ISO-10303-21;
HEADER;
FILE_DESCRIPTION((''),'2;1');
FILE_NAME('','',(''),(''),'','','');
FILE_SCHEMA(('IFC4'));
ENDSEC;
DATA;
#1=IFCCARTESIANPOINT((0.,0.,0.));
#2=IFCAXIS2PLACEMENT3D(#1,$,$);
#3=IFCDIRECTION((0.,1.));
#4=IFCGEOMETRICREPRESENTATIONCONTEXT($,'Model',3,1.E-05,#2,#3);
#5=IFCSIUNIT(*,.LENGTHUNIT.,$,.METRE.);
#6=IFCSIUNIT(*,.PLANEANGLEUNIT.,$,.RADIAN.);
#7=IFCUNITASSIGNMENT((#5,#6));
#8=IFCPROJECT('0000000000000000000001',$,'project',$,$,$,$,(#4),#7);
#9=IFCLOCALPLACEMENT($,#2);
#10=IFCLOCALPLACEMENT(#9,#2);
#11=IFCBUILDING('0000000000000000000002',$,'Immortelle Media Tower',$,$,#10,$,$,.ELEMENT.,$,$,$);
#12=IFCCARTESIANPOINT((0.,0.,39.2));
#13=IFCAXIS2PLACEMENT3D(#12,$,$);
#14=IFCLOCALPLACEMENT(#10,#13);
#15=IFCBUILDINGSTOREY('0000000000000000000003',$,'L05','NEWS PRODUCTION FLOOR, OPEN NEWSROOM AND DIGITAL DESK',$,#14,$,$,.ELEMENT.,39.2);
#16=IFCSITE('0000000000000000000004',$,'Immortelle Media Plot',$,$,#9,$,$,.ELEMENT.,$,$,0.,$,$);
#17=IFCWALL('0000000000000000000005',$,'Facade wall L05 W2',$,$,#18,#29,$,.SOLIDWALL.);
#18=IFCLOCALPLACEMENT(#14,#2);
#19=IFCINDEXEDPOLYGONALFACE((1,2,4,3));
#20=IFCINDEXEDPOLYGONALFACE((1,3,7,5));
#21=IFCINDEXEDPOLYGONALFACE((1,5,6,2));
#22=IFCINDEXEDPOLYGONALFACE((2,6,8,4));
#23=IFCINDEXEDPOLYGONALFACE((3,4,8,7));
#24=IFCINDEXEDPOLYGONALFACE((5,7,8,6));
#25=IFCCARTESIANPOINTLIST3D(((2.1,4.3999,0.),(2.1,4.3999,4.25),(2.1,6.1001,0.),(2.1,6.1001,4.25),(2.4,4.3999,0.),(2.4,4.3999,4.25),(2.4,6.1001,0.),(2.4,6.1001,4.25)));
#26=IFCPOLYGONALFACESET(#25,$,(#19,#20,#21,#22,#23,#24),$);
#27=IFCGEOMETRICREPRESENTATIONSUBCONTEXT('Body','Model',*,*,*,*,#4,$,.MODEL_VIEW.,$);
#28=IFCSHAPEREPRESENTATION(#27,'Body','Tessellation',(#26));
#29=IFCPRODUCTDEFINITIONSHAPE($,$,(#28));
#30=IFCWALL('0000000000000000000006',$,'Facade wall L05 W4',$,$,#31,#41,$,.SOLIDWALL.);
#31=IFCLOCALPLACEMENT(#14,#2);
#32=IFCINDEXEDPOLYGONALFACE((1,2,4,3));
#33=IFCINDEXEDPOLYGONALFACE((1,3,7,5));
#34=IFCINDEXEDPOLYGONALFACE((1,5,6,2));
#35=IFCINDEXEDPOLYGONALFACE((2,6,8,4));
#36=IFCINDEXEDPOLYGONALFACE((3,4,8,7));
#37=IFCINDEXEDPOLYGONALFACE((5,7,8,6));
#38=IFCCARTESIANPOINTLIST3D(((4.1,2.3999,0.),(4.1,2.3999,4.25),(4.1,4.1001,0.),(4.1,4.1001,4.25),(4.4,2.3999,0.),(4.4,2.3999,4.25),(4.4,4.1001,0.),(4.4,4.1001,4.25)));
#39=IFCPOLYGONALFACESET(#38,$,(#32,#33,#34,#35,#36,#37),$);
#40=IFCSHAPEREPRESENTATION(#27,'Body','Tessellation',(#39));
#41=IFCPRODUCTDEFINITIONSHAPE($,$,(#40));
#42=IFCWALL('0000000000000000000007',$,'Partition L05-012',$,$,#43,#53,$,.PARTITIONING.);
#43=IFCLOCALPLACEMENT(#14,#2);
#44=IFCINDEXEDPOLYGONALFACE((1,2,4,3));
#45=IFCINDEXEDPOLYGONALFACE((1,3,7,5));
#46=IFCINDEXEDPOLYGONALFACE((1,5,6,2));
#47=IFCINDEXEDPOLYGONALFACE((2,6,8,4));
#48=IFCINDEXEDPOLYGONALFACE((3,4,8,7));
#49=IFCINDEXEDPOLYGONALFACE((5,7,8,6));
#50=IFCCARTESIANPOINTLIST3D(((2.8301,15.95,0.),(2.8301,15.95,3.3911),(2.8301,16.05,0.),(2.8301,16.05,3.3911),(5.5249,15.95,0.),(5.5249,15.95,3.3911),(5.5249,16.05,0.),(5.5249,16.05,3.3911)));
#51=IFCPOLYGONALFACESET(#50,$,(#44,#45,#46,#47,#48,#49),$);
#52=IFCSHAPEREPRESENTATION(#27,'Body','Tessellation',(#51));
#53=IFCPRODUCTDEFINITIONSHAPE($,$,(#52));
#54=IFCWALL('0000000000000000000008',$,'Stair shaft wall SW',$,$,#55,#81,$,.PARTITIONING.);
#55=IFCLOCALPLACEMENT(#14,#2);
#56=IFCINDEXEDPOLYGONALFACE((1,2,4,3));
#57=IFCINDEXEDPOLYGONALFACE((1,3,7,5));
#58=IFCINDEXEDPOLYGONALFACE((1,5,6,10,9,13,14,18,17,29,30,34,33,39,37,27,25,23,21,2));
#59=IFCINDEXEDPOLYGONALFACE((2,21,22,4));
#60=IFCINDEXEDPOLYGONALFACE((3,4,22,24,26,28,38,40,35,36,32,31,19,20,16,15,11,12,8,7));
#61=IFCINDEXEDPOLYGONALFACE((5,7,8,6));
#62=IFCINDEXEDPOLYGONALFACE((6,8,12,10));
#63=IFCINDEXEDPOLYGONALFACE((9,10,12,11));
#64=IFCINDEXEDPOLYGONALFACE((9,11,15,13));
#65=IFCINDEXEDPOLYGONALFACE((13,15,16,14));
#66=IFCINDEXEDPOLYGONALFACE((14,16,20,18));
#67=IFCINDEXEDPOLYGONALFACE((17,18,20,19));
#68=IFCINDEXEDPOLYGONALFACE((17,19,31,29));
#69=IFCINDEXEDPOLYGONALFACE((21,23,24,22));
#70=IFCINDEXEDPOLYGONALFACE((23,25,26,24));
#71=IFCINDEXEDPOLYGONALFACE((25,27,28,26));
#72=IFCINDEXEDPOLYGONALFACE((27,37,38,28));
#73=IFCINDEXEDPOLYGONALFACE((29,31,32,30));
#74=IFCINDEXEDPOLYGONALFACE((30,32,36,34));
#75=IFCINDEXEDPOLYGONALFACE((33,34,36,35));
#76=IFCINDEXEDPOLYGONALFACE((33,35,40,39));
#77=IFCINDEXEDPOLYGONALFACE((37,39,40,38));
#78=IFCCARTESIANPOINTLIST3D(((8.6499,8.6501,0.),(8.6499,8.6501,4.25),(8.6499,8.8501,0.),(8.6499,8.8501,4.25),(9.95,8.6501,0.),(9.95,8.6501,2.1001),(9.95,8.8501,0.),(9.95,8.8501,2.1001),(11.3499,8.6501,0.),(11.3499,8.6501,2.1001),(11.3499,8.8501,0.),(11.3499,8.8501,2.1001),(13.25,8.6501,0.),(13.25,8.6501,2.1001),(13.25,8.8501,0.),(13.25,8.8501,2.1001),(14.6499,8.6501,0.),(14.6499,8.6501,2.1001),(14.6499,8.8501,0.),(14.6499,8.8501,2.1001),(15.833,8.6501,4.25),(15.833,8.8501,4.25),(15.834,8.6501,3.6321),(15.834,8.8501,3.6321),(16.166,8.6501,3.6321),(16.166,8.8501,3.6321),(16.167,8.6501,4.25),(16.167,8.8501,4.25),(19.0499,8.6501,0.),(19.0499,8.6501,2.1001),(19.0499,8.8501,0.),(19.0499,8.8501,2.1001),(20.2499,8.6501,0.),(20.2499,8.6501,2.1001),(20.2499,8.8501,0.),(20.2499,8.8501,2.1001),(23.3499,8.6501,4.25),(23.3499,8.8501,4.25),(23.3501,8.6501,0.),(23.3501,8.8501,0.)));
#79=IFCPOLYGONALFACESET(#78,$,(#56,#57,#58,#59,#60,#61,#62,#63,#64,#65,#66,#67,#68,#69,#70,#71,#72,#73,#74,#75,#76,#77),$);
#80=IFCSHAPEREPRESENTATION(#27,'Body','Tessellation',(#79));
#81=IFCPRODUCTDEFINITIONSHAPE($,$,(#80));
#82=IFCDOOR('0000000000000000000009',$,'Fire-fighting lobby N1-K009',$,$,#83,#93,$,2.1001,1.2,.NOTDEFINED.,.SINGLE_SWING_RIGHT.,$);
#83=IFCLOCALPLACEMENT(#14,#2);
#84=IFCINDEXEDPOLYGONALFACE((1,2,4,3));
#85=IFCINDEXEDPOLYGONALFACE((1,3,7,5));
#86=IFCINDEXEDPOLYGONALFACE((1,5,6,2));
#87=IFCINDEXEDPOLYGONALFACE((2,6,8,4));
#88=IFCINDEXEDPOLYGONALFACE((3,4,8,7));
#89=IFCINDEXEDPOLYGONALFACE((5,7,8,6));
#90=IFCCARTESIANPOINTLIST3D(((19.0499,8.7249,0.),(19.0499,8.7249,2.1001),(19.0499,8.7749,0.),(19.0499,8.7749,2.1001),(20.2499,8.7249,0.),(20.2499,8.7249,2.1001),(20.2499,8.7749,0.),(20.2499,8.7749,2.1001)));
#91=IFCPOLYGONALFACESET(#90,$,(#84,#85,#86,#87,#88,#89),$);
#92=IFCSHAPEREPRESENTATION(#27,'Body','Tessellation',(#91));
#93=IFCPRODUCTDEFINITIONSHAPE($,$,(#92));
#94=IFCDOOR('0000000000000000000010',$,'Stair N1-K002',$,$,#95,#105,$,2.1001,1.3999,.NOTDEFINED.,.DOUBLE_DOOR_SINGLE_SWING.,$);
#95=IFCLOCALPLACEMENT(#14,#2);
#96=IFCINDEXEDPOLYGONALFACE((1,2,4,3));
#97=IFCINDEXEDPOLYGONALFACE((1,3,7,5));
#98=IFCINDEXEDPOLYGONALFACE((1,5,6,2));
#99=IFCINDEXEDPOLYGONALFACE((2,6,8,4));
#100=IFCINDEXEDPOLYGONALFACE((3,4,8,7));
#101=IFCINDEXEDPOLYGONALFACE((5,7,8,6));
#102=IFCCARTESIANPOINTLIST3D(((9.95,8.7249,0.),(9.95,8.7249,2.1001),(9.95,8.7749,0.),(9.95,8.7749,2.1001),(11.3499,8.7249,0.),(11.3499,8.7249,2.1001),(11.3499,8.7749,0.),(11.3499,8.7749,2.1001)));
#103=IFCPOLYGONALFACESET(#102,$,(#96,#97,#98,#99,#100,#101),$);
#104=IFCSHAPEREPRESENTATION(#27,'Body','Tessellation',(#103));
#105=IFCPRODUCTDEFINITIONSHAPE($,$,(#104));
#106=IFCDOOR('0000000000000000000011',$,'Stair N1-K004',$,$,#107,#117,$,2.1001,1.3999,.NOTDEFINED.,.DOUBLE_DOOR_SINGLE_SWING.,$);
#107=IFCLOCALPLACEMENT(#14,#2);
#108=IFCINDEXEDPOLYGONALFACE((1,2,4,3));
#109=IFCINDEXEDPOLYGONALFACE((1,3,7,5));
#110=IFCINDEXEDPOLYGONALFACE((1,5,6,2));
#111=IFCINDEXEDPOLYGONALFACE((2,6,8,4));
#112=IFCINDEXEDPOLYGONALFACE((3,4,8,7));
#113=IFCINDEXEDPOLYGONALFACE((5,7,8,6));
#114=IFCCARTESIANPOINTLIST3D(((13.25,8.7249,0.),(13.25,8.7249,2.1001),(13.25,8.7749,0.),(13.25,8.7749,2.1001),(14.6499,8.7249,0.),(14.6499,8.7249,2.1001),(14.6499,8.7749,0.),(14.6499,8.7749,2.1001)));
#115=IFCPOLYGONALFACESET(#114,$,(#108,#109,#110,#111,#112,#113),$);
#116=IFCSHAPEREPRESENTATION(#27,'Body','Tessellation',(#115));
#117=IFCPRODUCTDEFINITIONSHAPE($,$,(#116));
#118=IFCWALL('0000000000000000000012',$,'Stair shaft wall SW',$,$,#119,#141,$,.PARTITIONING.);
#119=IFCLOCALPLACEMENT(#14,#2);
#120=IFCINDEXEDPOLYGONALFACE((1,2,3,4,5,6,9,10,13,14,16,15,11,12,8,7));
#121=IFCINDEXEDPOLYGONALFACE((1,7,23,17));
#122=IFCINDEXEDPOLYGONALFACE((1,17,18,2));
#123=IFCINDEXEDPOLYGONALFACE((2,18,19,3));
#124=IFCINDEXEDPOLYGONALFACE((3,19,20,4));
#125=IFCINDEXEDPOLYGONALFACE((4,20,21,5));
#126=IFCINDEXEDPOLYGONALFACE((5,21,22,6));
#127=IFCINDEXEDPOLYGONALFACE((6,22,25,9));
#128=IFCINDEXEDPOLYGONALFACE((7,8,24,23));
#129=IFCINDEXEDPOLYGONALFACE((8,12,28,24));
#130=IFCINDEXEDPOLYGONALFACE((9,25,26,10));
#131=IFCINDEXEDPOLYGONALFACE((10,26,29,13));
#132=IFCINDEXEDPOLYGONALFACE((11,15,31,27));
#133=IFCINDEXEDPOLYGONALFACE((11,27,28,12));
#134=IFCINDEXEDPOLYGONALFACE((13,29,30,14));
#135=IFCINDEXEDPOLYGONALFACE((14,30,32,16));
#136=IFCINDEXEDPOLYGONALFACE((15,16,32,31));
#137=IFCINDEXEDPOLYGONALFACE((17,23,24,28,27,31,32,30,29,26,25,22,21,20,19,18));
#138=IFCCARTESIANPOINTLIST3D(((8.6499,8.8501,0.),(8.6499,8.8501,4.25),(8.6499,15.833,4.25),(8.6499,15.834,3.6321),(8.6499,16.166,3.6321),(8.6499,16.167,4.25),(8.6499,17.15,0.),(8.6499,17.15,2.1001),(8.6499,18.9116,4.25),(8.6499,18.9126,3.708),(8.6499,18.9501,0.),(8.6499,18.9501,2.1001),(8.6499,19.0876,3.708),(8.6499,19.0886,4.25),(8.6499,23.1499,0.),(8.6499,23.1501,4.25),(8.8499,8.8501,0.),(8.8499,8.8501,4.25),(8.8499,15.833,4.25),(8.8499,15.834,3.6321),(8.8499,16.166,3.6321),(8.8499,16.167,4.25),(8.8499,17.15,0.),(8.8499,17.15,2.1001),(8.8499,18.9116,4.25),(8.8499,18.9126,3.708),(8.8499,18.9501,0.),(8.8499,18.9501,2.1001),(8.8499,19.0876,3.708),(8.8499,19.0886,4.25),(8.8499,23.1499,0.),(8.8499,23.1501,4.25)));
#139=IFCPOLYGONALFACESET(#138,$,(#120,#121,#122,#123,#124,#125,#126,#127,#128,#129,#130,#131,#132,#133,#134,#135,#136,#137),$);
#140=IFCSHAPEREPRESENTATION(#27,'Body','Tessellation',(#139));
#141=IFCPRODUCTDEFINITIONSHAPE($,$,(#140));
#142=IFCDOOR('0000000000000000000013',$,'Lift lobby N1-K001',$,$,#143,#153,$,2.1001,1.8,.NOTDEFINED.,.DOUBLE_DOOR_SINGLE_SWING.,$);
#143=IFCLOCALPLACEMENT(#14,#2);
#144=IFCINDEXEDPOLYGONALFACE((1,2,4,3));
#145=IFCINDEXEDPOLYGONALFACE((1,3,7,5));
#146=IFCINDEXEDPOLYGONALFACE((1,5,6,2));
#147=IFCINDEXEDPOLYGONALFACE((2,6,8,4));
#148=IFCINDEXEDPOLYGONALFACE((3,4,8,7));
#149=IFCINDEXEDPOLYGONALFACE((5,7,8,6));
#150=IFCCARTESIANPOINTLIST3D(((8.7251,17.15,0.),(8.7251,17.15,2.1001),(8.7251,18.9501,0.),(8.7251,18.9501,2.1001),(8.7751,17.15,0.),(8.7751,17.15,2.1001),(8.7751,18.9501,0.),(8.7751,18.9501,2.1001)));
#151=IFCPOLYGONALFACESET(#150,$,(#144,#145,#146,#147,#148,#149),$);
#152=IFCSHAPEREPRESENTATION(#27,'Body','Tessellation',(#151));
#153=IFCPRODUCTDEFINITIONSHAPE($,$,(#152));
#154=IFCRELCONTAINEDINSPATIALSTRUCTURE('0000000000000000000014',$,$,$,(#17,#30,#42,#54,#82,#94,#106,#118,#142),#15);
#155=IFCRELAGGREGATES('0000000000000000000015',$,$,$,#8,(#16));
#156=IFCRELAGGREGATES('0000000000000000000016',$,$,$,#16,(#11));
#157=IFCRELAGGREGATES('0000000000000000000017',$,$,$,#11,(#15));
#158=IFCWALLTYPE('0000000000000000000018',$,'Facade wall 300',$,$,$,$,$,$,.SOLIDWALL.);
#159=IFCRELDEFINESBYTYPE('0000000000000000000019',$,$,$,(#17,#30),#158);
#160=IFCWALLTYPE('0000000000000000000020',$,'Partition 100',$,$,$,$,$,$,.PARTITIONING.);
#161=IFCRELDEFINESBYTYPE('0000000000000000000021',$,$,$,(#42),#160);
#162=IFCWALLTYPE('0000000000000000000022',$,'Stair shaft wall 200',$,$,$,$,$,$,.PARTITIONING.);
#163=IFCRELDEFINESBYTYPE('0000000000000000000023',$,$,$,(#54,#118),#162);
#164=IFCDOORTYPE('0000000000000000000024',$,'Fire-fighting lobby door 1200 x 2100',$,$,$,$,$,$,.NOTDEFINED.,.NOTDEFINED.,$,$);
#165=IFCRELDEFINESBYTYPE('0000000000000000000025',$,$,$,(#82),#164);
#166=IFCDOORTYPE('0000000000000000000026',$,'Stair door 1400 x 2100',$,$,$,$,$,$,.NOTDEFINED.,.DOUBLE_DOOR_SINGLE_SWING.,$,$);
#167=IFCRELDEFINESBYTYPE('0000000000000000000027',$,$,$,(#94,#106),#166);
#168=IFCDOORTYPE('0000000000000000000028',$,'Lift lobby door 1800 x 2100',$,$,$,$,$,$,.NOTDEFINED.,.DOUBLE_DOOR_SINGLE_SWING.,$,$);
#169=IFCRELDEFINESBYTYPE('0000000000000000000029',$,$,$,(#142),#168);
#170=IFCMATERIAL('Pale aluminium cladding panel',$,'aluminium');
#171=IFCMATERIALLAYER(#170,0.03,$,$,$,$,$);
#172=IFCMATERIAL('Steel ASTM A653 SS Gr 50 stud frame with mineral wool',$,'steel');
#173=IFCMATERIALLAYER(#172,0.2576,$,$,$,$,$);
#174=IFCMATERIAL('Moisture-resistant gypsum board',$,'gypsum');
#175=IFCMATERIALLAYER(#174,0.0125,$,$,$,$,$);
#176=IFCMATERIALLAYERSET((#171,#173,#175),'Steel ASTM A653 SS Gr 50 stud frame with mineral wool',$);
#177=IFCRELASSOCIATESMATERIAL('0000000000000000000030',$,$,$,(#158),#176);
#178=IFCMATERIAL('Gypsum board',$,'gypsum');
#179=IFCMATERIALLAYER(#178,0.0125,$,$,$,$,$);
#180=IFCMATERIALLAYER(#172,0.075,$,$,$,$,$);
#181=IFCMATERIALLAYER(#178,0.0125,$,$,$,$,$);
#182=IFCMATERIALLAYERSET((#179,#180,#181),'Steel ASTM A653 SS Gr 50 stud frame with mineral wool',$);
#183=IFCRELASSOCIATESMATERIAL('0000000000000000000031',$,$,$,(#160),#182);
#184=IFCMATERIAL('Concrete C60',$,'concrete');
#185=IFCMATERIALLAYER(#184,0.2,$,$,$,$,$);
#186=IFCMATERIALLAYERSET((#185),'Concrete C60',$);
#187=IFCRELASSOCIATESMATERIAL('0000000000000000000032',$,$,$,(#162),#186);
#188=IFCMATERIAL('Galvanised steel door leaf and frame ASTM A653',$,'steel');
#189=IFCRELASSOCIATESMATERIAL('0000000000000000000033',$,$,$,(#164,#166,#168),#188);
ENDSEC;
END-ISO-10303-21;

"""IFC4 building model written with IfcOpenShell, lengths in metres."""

from ifc_helpers import new_model, si_unit, direction, frame, frame_2d, origin, place, context, subcontext, project, spatial, polyline, rectangle, outline, extrude, material, layer, layer_set, type_object, element, fill, save


model = new_model("IFC4")

# Units and contexts
model_context = context("Model", 3, precision=1e-05, world=origin(), true_north=direction((0.0, 1.0)))
body_context = subcontext(model_context, "Body", "Model", "MODEL_VIEW")
ifc_project = project(units=[si_unit("LENGTHUNIT", "METRE"), si_unit("PLANEANGLEUNIT", "RADIAN")], contexts=[model_context])

# Site, building, storey
site_placement = place(None, origin())
site = spatial("IfcSite", under=ifc_project, at=site_placement, Name="Immortelle Media Plot", CompositionType="ELEMENT", RefElevation=0.0)
building_placement = place(site_placement, origin())
building = spatial("IfcBuilding", under=site, at=building_placement, Name="Immortelle Media Tower", CompositionType="ELEMENT")
storey_placement = place(building_placement, frame((0.0, 0.0, 39.2)))
storey = spatial("IfcBuildingStorey", under=building, at=storey_placement, Name="L05", Description="NEWS PRODUCTION FLOOR, OPEN NEWSROOM AND DIGITAL DESK", CompositionType="ELEMENT", Elevation=39.2)

# Shared definitions
ifc_material_1 = material(Name="Steel ASTM A653 SS Gr 50 stud frame with mineral wool", Category="steel")

# Walls
ifc_material_2 = material(Name="Pale aluminium cladding panel", Category="aluminium")
ifc_layer_1 = layer(ifc_material_2, 0.03)
ifc_layer_2 = layer(ifc_material_1, 0.2576)
ifc_material_3 = material(Name="Moisture-resistant gypsum board", Category="gypsum")
ifc_layer_3 = layer(ifc_material_3, 0.0125)
ifc_layer_set_1 = layer_set([ifc_layer_1, ifc_layer_2, ifc_layer_3], Name="Steel ASTM A653 SS Gr 50 stud frame with mineral wool")
wall_type_1 = type_object("IfcWallType", Name="Facade wall 300", PredefinedType="SOLIDWALL", material=ifc_layer_set_1)
for number, where, z_axis, x_axis, name in (
    (1, (2.25, 6.1001, 0.0), (0.0, 0.0, 1.0), (0.0, -1.0, 0.0), "Facade wall L05 W2"),
    (2, (4.25, 4.1001, 0.0), (0.0, 0.0, 1.0), (0.0, -1.0, 0.0), "Facade wall L05 W4"),
):
    element("IfcWall", number, at=place(storey_placement, frame(where, z_axis=z_axis, x_axis=x_axis)), inside=storey, type_object=wall_type_1, Name=name, PredefinedType="SOLIDWALL", context=body_context, shape_type="SweptSolid", body=[
        extrude(rectangle(XDim=1.7002, YDim=0.3, at=frame_2d((0.8501, 0.0))), origin(), (0.0, 0.0, 1.0), 4.25),
    ])
ifc_material_4 = material(Name="Gypsum board", Category="gypsum")
ifc_layer_4 = layer(ifc_material_4, 0.0125)
ifc_layer_5 = layer(ifc_material_1, 0.075)
ifc_layer_6 = layer(ifc_material_4, 0.0125)
ifc_layer_set_2 = layer_set([ifc_layer_4, ifc_layer_5, ifc_layer_6], Name="Steel ASTM A653 SS Gr 50 stud frame with mineral wool")
wall_type_2 = type_object("IfcWallType", Name="Partition 100", PredefinedType="PARTITIONING", material=ifc_layer_set_2)
wall_1_placement = place(storey_placement, frame((2.8301, 16.0, 0.0), z_axis=(0.0, 0.0, 1.0), x_axis=(1.0, 0.0, 0.0)))
element("IfcWall", 3, at=wall_1_placement, inside=storey, type_object=wall_type_2, Name="Partition L05-012", PredefinedType="PARTITIONING", context=body_context, shape_type="SweptSolid", body=[
    extrude(rectangle(XDim=2.6948, YDim=0.1001, at=frame_2d((1.3474, 0.0))), origin(), (0.0, 0.0, 1.0), 3.3911),
])

# Wall, openings, doors
ifc_material_5 = material(Name="Concrete C60", Category="concrete")
ifc_layer_7 = layer(ifc_material_5, 0.2)
ifc_layer_set_3 = layer_set([ifc_layer_7], Name="Concrete C60")
wall_type_3 = type_object("IfcWallType", Name="Stair shaft wall 200", PredefinedType="PARTITIONING", material=ifc_layer_set_3)
wall_2_placement = place(storey_placement, frame((8.6499, 8.75, 0.0), z_axis=(0.0, 0.0, 1.0), x_axis=(1.0, 0.0, 0.0)))
wall_2 = element("IfcWall", 4, at=wall_2_placement, inside=storey, type_object=wall_type_3, Name="Stair shaft wall SW", PredefinedType="PARTITIONING", context=body_context, shape_type="SweptSolid", body=[
    extrude(outline(polyline([(0.0, 0.0), (14.7002, 0.0), (14.7, 4.25), (7.5171, 4.25), (7.5161, 3.6321), (7.1841, 3.6321), (7.1831, 4.25), (0.0, 4.25), (0.0, 0.0)])), frame((0.0, 0.1001, 0.0), z_axis=(0.0, -1.0, 0.0), x_axis=(1.0, 0.0, 0.0)), (0.0, 0.0, 1.0), 0.2),
])
opening_1_placement = place(wall_2_placement, frame((1.3, 0.0, 0.0)))
opening_1 = element("IfcOpeningElement", 5, at=opening_1_placement, cuts=wall_2, PredefinedType="OPENING", context=body_context, shape_type="SweptSolid", body=[
    extrude(rectangle(XDim=1.3999, YDim=2.1001, at=frame_2d((0.7, 1.05))), frame((0.0, 0.1099, 0.0), z_axis=(0.0, -1.0, 0.0), x_axis=(1.0, 0.0, 0.0)), (0.0, 0.0, 1.0), 0.22),
])
opening_2_placement = place(wall_2_placement, frame((4.6001, 0.0, 0.0)))
opening_2 = element("IfcOpeningElement", 6, at=opening_2_placement, cuts=wall_2, PredefinedType="OPENING", context=body_context, shape_type="SweptSolid", body=[
    extrude(rectangle(XDim=1.3999, YDim=2.1001, at=frame_2d((0.7, 1.05))), frame((0.0, 0.1099, 0.0), z_axis=(0.0, -1.0, 0.0), x_axis=(1.0, 0.0, 0.0)), (0.0, 0.0, 1.0), 0.22),
])
opening_3_placement = place(wall_2_placement, frame((10.3999, 0.0, 0.0)))
opening_3 = element("IfcOpeningElement", 7, at=opening_3_placement, cuts=wall_2, PredefinedType="OPENING", context=body_context, shape_type="SweptSolid", body=[
    extrude(rectangle(XDim=1.2, YDim=2.1001, at=frame_2d((0.6001, 1.05))), frame((0.0, 0.1099, 0.0), z_axis=(0.0, -1.0, 0.0), x_axis=(1.0, 0.0, 0.0)), (0.0, 0.0, 1.0), 0.22),
])
ifc_material_6 = material(Name="Galvanised steel door leaf and frame ASTM A653", Category="steel")
door_type_1 = type_object("IfcDoorType", Name="Fire-fighting lobby door 1200 x 2100", OperationType="NOTDEFINED", PredefinedType="NOTDEFINED", material=ifc_material_6)
door_1_placement = place(opening_3_placement, origin())
door_1 = element("IfcDoor", 8, at=door_1_placement, inside=storey, type_object=door_type_1, Name="Fire-fighting lobby N1-K009", OperationType="SINGLE_SWING_RIGHT", OverallHeight=2.1001, OverallWidth=1.2, PredefinedType="NOTDEFINED", context=body_context, shape_type="SweptSolid", body=[
    extrude(rectangle(XDim=1.2, YDim=2.1001, at=frame_2d((0.6001, 1.05))), frame((0.0, 0.0249, 0.0), z_axis=(0.0, -1.0, 0.0), x_axis=(1.0, 0.0, 0.0)), (0.0, 0.0, 1.0), 0.05),
])
fill(opening_3, door_1)
door_type_2 = type_object("IfcDoorType", Name="Stair door 1400 x 2100", OperationType="DOUBLE_DOOR_SINGLE_SWING", PredefinedType="NOTDEFINED", material=ifc_material_6)
door_2_placement = place(opening_1_placement, origin())
door_2 = element("IfcDoor", 9, at=door_2_placement, inside=storey, type_object=door_type_2, Name="Stair N1-K002", OperationType="DOUBLE_DOOR_SINGLE_SWING", OverallHeight=2.1001, OverallWidth=1.3999, PredefinedType="NOTDEFINED", context=body_context, shape_type="SweptSolid", body=[
    extrude(rectangle(XDim=1.3999, YDim=2.1001, at=frame_2d((0.7, 1.05))), frame((0.0, 0.0249, 0.0), z_axis=(0.0, -1.0, 0.0), x_axis=(1.0, 0.0, 0.0)), (0.0, 0.0, 1.0), 0.05),
])
fill(opening_1, door_2)
door_3_placement = place(opening_2_placement, origin())
door_3 = element("IfcDoor", 10, at=door_3_placement, inside=storey, type_object=door_type_2, Name="Stair N1-K004", OperationType="DOUBLE_DOOR_SINGLE_SWING", OverallHeight=2.1001, OverallWidth=1.3999, PredefinedType="NOTDEFINED", context=body_context, shape_type="SweptSolid", body=[
    extrude(rectangle(XDim=1.3999, YDim=2.1001, at=frame_2d((0.7, 1.05))), frame((0.0, 0.0249, 0.0), z_axis=(0.0, -1.0, 0.0), x_axis=(1.0, 0.0, 0.0)), (0.0, 0.0, 1.0), 0.05),
])
fill(opening_2, door_3)

# Wall, opening, door
wall_3_placement = place(storey_placement, frame((8.75, 8.8501, 0.0), z_axis=(0.0, 0.0, 1.0), x_axis=(0.0, 1.0, 0.0)))
wall_3 = element("IfcWall", 11, at=wall_3_placement, inside=storey, type_object=wall_type_3, Name="Stair shaft wall SW", PredefinedType="PARTITIONING", context=body_context, shape_type="SweptSolid", body=[
    extrude(outline(polyline([(0.0, 0.0), (14.2998, 0.0), (14.3, 4.25), (10.2385, 4.25), (10.2375, 3.708), (10.0625, 3.708), (10.0615, 4.25), (7.3169, 4.25), (7.3159, 3.6321), (6.9839, 3.6321), (6.9829, 4.25), (0.0, 4.25), (0.0, 0.0)])), frame((0.0, 0.1001, 0.0), z_axis=(0.0, -1.0, 0.0), x_axis=(1.0, 0.0, 0.0)), (0.0, 0.0, 1.0), 0.2),
])
opening_4_placement = place(wall_3_placement, frame((8.3, 0.0, 0.0)))
opening_4 = element("IfcOpeningElement", 12, at=opening_4_placement, cuts=wall_3, PredefinedType="OPENING", context=body_context, shape_type="SweptSolid", body=[
    extrude(rectangle(XDim=1.8, YDim=2.1001, at=frame_2d((0.8999, 1.05))), frame((0.0, 0.1099, 0.0), z_axis=(0.0, -1.0, 0.0), x_axis=(1.0, 0.0, 0.0)), (0.0, 0.0, 1.0), 0.22),
])
door_type_3 = type_object("IfcDoorType", Name="Lift lobby door 1800 x 2100", OperationType="DOUBLE_DOOR_SINGLE_SWING", PredefinedType="NOTDEFINED", material=ifc_material_6)
door_4_placement = place(opening_4_placement, origin())
door_4 = element("IfcDoor", 13, at=door_4_placement, inside=storey, type_object=door_type_3, Name="Lift lobby N1-K001", OperationType="DOUBLE_DOOR_SINGLE_SWING", OverallHeight=2.1001, OverallWidth=1.8, PredefinedType="NOTDEFINED", context=body_context, shape_type="SweptSolid", body=[
    extrude(rectangle(XDim=1.8, YDim=2.1001, at=frame_2d((0.8999, 1.05))), frame((0.0, 0.0249, 0.0), z_axis=(0.0, -1.0, 0.0), x_axis=(1.0, 0.0, 0.0)), (0.0, 0.0, 1.0), 0.05),
])
fill(opening_4, door_4)

save(model, "model.ifc")
